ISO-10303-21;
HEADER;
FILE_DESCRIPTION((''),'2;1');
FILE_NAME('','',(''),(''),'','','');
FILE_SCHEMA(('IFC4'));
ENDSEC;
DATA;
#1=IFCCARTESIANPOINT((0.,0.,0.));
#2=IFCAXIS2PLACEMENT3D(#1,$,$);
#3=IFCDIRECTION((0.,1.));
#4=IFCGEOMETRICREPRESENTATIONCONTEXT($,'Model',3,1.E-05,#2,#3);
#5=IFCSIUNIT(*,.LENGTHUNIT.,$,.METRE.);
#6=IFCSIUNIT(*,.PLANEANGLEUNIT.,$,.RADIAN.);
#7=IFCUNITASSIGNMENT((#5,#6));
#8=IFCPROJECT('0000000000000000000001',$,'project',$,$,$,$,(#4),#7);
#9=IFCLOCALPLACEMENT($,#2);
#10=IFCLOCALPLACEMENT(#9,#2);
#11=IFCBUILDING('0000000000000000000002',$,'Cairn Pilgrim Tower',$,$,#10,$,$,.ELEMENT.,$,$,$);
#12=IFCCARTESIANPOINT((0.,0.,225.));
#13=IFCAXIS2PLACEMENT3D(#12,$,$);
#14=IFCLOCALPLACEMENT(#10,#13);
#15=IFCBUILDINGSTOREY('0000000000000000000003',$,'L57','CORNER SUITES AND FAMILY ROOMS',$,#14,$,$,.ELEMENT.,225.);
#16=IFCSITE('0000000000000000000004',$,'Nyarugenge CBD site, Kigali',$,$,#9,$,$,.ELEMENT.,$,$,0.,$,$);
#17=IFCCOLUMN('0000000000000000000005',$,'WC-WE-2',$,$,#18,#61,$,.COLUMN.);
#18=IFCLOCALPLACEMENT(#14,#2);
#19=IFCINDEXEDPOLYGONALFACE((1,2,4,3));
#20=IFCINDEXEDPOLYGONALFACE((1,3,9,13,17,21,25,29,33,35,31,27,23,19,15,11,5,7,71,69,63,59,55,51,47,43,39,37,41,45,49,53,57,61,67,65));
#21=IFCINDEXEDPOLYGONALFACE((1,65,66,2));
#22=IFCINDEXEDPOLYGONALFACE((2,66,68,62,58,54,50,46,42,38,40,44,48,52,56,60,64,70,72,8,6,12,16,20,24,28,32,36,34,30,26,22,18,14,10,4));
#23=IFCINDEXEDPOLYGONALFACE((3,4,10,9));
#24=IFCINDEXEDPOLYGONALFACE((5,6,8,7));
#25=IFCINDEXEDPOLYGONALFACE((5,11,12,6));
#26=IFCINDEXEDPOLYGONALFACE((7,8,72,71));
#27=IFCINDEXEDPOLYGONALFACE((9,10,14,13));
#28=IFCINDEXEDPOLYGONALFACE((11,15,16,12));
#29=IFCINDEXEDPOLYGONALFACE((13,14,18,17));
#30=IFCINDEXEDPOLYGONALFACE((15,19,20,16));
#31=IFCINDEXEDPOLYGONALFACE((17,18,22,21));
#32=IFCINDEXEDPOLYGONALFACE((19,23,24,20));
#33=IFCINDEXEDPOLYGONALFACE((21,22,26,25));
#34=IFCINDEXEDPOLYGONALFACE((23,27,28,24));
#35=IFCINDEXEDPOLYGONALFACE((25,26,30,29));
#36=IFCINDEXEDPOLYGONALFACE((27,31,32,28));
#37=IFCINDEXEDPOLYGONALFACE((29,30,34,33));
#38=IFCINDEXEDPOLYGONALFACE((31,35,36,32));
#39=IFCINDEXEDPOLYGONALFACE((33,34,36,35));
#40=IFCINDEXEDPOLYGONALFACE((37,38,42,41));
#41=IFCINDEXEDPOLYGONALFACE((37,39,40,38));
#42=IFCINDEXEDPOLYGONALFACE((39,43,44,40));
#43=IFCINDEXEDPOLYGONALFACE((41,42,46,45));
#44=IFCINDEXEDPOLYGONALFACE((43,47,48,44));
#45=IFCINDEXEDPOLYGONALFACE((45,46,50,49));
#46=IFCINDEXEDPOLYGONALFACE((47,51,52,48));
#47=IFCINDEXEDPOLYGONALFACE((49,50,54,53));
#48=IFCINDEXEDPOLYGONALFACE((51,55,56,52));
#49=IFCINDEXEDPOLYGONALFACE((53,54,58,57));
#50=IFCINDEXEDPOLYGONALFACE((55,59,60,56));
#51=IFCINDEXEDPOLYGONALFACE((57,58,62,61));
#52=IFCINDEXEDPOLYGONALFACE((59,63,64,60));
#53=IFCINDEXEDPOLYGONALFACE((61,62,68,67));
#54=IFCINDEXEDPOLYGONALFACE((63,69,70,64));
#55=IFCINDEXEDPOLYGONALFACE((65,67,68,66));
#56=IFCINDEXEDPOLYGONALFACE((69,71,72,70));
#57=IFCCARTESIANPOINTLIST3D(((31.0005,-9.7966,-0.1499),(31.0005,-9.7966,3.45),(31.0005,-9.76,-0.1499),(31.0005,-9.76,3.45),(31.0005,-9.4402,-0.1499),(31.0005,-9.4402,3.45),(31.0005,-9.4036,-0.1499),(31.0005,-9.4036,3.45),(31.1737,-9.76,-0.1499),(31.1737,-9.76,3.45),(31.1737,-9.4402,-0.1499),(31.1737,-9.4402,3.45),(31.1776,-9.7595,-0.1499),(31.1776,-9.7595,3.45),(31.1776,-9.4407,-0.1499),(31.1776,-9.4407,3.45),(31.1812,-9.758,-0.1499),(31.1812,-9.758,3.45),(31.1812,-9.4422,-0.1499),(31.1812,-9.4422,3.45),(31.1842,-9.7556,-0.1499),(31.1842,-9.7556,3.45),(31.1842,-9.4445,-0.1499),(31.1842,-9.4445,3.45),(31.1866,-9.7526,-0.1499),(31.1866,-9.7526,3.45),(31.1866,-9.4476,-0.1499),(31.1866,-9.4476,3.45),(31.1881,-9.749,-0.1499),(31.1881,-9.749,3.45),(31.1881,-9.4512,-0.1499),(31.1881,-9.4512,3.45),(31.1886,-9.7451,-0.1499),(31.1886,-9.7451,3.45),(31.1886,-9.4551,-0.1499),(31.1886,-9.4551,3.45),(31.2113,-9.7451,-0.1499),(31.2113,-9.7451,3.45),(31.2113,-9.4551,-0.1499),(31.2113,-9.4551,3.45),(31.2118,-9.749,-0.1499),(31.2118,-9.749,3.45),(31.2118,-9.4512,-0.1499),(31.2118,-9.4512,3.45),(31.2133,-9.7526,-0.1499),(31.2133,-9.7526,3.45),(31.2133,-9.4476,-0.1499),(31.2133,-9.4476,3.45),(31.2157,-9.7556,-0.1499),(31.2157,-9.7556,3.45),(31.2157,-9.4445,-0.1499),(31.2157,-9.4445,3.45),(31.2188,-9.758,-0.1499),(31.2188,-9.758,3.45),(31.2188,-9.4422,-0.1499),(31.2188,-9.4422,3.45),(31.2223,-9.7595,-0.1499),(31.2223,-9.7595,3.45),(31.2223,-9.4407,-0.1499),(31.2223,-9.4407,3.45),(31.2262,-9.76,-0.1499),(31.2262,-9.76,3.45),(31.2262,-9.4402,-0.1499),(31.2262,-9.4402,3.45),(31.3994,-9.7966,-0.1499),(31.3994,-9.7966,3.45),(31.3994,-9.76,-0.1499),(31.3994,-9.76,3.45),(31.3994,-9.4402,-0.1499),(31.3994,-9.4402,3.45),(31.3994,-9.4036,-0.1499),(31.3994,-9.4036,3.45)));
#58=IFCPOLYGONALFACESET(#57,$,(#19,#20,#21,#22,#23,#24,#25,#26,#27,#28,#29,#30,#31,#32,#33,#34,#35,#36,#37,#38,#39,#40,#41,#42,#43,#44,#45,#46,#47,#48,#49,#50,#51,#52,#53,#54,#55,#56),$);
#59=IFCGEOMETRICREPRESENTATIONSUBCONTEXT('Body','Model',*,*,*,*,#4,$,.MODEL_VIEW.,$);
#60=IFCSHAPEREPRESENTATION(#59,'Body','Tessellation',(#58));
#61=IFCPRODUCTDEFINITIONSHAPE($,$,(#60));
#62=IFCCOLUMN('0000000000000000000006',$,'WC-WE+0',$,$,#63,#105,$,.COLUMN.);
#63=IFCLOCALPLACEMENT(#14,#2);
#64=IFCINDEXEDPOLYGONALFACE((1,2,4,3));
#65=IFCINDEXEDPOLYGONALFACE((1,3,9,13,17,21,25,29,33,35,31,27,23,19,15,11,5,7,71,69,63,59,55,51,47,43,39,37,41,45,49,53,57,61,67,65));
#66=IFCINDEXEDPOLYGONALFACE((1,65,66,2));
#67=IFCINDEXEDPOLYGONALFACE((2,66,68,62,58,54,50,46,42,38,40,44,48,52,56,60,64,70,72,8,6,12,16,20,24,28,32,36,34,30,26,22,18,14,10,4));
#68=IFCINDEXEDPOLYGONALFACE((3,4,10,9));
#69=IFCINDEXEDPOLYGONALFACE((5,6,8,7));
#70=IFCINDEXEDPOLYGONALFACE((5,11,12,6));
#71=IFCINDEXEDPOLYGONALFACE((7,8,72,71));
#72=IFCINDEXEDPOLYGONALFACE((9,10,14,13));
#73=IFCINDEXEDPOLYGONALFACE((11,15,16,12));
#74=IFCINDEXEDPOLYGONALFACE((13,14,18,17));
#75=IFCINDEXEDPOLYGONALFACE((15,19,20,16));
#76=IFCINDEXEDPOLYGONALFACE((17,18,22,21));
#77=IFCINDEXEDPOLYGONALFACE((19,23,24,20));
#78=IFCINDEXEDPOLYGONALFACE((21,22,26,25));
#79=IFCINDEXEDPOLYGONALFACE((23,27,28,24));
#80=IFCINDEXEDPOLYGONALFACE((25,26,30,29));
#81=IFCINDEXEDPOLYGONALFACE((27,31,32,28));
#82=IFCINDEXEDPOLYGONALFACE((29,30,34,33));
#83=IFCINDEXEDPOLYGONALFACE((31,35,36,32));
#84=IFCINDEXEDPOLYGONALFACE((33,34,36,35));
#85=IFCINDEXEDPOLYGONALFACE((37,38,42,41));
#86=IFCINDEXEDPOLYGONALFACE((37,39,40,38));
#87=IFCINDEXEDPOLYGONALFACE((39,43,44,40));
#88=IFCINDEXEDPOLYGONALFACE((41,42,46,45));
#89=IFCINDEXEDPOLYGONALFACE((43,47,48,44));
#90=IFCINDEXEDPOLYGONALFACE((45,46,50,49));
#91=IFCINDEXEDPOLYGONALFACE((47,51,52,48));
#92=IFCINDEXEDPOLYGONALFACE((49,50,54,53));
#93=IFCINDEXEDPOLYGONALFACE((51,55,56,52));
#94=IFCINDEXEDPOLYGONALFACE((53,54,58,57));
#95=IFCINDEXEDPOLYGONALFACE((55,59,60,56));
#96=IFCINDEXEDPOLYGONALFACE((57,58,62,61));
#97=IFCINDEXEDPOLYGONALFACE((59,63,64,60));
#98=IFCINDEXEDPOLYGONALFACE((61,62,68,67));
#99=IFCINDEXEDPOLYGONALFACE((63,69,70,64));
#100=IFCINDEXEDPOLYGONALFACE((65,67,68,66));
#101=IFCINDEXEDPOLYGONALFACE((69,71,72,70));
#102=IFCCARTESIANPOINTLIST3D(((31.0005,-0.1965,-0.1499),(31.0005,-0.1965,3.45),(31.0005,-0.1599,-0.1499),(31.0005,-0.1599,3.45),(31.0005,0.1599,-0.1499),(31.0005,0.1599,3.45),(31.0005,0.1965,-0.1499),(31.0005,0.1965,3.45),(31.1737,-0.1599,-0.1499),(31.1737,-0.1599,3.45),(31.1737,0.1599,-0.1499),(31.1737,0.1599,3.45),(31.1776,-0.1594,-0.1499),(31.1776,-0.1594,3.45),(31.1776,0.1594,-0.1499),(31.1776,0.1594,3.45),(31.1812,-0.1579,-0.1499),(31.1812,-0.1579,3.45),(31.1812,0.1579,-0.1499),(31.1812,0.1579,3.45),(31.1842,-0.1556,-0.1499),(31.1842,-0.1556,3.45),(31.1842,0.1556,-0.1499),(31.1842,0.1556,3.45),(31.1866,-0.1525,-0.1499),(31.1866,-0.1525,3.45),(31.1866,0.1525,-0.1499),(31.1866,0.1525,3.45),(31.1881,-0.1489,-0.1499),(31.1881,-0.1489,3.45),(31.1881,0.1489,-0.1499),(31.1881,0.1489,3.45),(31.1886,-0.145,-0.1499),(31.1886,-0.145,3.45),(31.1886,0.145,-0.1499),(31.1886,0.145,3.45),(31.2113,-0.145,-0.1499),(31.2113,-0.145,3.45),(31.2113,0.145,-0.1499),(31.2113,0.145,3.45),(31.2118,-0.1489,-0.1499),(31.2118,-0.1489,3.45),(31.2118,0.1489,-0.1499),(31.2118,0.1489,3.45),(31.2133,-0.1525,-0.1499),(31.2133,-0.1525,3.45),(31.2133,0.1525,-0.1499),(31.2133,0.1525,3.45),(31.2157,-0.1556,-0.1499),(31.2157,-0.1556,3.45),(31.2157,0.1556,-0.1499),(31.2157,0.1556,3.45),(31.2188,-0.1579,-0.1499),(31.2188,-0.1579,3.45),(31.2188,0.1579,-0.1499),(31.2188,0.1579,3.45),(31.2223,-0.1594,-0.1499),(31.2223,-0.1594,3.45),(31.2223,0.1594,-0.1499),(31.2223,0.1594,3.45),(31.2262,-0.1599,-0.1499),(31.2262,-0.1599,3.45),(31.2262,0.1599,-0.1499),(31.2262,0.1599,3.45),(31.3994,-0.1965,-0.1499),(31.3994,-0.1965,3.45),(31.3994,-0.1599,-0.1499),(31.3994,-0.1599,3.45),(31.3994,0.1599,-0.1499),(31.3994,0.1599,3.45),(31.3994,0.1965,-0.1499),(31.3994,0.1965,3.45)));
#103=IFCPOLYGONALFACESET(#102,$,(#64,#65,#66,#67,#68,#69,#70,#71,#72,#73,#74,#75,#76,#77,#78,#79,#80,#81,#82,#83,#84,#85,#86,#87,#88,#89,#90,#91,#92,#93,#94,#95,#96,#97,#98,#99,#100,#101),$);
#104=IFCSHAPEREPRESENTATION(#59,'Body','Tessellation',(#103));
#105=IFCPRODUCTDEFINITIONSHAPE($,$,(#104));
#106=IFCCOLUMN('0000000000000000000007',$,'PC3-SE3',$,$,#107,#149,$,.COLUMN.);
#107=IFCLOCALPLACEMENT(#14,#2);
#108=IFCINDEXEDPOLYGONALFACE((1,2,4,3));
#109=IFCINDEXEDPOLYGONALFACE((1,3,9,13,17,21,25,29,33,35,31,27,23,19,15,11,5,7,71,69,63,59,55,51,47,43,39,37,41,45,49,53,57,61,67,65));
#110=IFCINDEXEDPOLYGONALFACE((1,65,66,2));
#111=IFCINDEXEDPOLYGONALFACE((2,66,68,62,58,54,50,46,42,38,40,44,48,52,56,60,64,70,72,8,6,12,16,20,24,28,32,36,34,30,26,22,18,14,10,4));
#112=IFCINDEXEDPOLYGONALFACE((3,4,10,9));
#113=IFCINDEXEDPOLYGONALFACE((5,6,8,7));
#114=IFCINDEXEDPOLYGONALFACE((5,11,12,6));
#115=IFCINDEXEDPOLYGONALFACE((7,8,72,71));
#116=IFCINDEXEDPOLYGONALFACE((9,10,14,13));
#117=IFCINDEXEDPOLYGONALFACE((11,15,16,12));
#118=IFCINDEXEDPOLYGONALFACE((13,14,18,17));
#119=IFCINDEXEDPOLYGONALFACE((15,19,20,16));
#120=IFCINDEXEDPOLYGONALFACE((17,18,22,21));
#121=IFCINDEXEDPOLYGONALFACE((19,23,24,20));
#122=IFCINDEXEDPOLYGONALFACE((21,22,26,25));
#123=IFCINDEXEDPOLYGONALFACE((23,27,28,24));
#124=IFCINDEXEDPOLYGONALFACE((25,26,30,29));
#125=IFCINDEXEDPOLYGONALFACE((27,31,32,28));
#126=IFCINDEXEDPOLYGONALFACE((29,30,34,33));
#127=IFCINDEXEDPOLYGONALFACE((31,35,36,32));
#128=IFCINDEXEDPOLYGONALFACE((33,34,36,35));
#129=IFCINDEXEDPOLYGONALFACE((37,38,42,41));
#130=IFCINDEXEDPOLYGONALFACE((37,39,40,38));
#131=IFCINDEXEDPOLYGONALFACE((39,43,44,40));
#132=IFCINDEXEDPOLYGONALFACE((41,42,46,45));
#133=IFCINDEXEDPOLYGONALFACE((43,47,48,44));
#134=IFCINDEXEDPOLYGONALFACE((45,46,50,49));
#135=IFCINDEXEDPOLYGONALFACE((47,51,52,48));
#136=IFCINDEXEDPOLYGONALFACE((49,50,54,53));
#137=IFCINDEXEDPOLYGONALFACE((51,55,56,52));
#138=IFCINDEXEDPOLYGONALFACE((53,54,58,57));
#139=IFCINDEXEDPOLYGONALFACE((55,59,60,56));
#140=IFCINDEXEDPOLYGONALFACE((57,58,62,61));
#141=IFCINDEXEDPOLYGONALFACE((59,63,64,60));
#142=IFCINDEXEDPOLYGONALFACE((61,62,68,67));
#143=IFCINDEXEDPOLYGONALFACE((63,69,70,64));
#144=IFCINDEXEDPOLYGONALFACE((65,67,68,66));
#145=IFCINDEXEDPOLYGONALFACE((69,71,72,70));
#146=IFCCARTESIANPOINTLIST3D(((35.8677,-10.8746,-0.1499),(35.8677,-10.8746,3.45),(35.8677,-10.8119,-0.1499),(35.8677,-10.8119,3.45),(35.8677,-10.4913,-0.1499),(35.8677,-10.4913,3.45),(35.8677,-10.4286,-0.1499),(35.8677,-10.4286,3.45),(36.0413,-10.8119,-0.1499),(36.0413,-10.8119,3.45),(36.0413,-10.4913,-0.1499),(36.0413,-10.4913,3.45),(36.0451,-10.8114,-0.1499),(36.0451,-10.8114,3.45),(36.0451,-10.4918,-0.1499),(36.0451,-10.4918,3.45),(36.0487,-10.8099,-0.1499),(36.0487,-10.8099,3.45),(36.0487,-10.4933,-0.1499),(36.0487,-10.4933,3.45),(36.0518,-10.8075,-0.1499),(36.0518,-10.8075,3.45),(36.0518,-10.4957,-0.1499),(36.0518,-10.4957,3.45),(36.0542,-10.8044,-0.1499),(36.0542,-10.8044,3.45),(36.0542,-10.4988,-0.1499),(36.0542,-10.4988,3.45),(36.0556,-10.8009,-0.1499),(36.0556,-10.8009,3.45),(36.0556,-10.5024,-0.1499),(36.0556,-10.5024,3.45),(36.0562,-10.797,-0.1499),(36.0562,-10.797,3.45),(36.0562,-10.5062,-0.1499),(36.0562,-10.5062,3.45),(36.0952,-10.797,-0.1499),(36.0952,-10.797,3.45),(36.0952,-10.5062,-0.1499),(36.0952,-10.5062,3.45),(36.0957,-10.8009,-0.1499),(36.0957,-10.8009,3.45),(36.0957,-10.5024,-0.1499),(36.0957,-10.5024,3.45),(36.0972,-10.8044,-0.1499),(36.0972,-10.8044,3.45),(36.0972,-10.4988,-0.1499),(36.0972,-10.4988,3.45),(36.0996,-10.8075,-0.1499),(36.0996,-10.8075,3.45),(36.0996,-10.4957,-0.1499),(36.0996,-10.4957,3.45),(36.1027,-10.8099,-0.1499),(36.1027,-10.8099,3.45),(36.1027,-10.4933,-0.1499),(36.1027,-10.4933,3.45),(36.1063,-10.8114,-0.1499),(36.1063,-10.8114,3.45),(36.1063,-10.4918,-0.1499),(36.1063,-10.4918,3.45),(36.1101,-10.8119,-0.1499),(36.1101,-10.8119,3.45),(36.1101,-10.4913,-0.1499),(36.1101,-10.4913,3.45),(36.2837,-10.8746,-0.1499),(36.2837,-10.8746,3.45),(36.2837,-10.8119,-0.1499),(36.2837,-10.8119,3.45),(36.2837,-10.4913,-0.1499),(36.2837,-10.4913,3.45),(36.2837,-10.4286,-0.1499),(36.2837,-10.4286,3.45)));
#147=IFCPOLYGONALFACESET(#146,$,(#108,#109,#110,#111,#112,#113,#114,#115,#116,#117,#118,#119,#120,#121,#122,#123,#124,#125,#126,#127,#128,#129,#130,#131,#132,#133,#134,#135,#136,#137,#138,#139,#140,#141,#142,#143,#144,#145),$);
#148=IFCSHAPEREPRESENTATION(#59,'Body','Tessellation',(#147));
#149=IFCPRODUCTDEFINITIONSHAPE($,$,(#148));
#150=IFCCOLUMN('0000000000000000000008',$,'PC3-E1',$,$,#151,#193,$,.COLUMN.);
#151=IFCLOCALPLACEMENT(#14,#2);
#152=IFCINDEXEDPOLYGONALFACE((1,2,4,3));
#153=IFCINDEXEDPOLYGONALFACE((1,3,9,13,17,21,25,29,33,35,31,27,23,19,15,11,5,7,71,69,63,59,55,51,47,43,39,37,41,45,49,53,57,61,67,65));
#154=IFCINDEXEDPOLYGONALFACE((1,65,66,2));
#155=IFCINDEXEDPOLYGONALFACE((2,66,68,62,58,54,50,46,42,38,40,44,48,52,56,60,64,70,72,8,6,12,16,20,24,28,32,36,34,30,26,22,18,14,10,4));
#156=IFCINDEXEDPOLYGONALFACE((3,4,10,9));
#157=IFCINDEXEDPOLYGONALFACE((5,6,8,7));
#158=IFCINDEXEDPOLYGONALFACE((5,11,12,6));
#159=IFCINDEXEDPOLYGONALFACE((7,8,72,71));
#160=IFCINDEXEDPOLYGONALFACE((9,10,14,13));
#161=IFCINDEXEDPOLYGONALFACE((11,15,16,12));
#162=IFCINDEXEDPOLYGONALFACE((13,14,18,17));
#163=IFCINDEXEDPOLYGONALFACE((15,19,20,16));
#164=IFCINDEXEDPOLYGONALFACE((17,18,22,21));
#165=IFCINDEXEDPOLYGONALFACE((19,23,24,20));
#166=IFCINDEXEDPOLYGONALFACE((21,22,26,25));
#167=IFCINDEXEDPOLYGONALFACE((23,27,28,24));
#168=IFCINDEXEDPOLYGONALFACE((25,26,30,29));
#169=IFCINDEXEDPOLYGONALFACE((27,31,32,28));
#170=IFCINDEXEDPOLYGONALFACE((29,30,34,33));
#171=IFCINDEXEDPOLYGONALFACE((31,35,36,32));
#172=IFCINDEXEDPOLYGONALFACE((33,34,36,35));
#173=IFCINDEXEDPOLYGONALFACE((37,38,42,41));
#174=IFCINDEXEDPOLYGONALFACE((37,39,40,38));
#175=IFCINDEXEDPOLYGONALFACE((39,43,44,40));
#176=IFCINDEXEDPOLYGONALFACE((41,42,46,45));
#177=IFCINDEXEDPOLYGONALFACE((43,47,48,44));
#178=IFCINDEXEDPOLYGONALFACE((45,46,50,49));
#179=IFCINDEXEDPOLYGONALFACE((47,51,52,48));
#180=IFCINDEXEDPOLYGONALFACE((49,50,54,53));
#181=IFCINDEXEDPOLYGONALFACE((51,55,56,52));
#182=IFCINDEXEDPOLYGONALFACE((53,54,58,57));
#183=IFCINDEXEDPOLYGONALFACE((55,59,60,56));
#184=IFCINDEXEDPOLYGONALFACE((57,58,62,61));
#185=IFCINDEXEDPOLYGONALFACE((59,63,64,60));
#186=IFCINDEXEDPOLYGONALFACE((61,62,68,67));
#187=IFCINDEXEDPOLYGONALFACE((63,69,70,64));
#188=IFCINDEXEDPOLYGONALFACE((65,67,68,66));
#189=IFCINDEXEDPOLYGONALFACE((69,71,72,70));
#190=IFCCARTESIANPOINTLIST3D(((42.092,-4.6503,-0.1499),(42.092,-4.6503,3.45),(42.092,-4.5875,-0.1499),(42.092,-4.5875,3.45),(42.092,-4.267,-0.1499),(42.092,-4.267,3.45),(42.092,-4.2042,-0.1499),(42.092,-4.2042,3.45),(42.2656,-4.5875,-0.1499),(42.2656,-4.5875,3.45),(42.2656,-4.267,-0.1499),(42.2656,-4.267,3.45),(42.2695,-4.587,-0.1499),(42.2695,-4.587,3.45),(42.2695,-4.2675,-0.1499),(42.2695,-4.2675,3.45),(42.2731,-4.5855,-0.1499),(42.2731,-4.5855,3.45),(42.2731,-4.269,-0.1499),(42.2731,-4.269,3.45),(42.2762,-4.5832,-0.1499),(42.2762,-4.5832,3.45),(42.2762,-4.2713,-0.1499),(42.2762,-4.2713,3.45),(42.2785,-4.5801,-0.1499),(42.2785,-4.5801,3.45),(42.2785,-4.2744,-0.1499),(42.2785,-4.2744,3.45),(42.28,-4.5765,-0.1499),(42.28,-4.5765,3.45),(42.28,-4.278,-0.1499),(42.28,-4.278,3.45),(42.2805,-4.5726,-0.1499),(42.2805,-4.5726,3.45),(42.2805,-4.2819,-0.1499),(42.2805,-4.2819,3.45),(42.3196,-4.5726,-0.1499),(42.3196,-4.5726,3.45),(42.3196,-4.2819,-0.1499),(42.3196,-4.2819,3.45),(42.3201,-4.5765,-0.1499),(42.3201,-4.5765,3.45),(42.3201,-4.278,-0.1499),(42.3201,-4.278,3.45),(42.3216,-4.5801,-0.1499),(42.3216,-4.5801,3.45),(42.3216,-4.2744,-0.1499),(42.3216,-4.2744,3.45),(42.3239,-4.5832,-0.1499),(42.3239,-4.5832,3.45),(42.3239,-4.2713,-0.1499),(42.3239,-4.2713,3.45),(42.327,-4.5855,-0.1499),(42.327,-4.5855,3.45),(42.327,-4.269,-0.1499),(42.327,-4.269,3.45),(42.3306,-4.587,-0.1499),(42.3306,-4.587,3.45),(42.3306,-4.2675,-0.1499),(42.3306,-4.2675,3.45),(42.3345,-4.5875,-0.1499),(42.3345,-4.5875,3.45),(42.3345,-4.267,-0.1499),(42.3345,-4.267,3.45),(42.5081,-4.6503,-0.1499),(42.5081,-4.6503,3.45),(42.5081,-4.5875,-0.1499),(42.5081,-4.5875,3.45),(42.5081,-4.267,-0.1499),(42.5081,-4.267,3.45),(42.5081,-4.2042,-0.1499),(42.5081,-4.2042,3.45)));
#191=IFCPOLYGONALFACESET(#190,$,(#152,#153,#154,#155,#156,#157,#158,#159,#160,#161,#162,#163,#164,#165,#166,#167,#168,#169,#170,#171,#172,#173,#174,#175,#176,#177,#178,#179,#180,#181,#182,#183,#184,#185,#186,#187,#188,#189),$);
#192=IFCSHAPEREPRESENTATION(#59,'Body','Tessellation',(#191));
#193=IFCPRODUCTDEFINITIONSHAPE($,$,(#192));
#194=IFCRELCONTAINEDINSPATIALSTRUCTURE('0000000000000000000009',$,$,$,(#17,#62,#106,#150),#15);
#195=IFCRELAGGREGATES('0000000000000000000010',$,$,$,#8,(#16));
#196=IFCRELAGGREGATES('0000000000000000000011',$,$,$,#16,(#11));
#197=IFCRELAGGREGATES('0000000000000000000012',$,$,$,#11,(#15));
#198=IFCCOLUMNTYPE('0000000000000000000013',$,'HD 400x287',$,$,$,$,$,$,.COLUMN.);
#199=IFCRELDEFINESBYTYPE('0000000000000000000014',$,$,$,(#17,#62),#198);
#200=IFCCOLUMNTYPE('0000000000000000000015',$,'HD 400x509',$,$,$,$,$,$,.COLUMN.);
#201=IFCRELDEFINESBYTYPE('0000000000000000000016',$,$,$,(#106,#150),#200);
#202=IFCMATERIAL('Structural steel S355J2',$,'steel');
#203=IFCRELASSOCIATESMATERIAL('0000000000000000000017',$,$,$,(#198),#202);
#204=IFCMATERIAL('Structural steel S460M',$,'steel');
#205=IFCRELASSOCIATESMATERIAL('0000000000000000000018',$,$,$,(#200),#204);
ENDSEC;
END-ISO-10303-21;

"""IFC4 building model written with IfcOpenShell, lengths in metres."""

from ifc_helpers import new_model, si_unit, direction, frame, origin, origin_2d, place, context, subcontext, project, spatial, i_section, extrude, material, material_profile, profile_set, type_object, element, save


model = new_model("IFC4")

# Units and contexts
model_context = context("Model", 3, precision=1e-05, world=origin(), true_north=direction((0.0, 1.0)))
body_context = subcontext(model_context, "Body", "Model", "MODEL_VIEW")
ifc_project = project(units=[si_unit("LENGTHUNIT", "METRE"), si_unit("PLANEANGLEUNIT", "RADIAN")], contexts=[model_context])

# Site, building, storey
site_placement = place(None, origin())
site = spatial("IfcSite", under=ifc_project, at=site_placement, Name="Nyarugenge CBD site, Kigali", CompositionType="ELEMENT", RefElevation=0.0)
building_placement = place(site_placement, origin())
building = spatial("IfcBuilding", under=site, at=building_placement, Name="Cairn Pilgrim Tower", CompositionType="ELEMENT")
storey_placement = place(building_placement, frame((0.0, 0.0, 225.0)))
storey = spatial("IfcBuildingStorey", under=building, at=storey_placement, Name="L57", Description="CORNER SUITES AND FAMILY ROOMS", CompositionType="ELEMENT", Elevation=225.0)

# Columns
ifc_material_1 = material(Name="Structural steel S355J2", Category="steel")
ifc_material_profile_1 = material_profile(ifc_material_1, i_section(OverallWidth=0.3989, OverallDepth=0.3931, WebThickness=0.0227, FlangeThickness=0.0366, FilletRadius=0.0149, at=origin_2d()), Name="HD 400x287")
ifc_profile_set_1 = profile_set([ifc_material_profile_1], Name="Structural steel S355J2")
column_type_1 = type_object("IfcColumnType", Name="HD 400x287", PredefinedType="COLUMN", material=ifc_profile_set_1)
for number, where, z_axis, x_axis, name in (
    (1, (31.2, -9.6001, -0.1499), (0.0, 0.0, 1.0), (1.0, 0.0, 0.0), "WC-WE-2"),
    (2, (31.2, 0.0, -0.1499), (0.0, 0.0, 1.0), (1.0, 0.0, 0.0), "WC-WE+0"),
):
    element("IfcColumn", number, at=place(storey_placement, frame(where, z_axis=z_axis, x_axis=x_axis)), inside=storey, type_object=column_type_1, Name=name, PredefinedType="COLUMN", context=body_context, shape_type="SweptSolid", body=[
        extrude(i_section(OverallWidth=0.3989, OverallDepth=0.3931, WebThickness=0.0227, FlangeThickness=0.0366, FilletRadius=0.0149, at=origin_2d()), origin(), (0.0, 0.0, 1.0), 3.5999),
    ])
ifc_material_2 = material(Name="Structural steel S460M", Category="steel")
ifc_material_profile_2 = material_profile(ifc_material_2, i_section(OverallWidth=0.416, OverallDepth=0.446, WebThickness=0.0391, FlangeThickness=0.0627, FilletRadius=0.0149, at=origin_2d()), Name="HD 400x509")
ifc_profile_set_2 = profile_set([ifc_material_profile_2], Name="Structural steel S460M")
column_type_2 = type_object("IfcColumnType", Name="HD 400x509", PredefinedType="COLUMN", material=ifc_profile_set_2)
for number, where, z_axis, x_axis, name in (
    (3, (36.0757, -10.6516, -0.1499), (0.0, 0.0, 1.0), (1.0, 0.0, 0.0), "PC3-SE3"),
    (4, (42.3, -4.4272, -0.1499), (0.0, 0.0, 1.0), (1.0, 0.0, 0.0), "PC3-E1"),
):
    element("IfcColumn", number, at=place(storey_placement, frame(where, z_axis=z_axis, x_axis=x_axis)), inside=storey, type_object=column_type_2, Name=name, PredefinedType="COLUMN", context=body_context, shape_type="SweptSolid", body=[
        extrude(i_section(OverallWidth=0.416, OverallDepth=0.446, WebThickness=0.0391, FlangeThickness=0.0627, FilletRadius=0.0149, at=origin_2d()), origin(), (0.0, 0.0, 1.0), 3.5999),
    ])

save(model, "model.ifc")
